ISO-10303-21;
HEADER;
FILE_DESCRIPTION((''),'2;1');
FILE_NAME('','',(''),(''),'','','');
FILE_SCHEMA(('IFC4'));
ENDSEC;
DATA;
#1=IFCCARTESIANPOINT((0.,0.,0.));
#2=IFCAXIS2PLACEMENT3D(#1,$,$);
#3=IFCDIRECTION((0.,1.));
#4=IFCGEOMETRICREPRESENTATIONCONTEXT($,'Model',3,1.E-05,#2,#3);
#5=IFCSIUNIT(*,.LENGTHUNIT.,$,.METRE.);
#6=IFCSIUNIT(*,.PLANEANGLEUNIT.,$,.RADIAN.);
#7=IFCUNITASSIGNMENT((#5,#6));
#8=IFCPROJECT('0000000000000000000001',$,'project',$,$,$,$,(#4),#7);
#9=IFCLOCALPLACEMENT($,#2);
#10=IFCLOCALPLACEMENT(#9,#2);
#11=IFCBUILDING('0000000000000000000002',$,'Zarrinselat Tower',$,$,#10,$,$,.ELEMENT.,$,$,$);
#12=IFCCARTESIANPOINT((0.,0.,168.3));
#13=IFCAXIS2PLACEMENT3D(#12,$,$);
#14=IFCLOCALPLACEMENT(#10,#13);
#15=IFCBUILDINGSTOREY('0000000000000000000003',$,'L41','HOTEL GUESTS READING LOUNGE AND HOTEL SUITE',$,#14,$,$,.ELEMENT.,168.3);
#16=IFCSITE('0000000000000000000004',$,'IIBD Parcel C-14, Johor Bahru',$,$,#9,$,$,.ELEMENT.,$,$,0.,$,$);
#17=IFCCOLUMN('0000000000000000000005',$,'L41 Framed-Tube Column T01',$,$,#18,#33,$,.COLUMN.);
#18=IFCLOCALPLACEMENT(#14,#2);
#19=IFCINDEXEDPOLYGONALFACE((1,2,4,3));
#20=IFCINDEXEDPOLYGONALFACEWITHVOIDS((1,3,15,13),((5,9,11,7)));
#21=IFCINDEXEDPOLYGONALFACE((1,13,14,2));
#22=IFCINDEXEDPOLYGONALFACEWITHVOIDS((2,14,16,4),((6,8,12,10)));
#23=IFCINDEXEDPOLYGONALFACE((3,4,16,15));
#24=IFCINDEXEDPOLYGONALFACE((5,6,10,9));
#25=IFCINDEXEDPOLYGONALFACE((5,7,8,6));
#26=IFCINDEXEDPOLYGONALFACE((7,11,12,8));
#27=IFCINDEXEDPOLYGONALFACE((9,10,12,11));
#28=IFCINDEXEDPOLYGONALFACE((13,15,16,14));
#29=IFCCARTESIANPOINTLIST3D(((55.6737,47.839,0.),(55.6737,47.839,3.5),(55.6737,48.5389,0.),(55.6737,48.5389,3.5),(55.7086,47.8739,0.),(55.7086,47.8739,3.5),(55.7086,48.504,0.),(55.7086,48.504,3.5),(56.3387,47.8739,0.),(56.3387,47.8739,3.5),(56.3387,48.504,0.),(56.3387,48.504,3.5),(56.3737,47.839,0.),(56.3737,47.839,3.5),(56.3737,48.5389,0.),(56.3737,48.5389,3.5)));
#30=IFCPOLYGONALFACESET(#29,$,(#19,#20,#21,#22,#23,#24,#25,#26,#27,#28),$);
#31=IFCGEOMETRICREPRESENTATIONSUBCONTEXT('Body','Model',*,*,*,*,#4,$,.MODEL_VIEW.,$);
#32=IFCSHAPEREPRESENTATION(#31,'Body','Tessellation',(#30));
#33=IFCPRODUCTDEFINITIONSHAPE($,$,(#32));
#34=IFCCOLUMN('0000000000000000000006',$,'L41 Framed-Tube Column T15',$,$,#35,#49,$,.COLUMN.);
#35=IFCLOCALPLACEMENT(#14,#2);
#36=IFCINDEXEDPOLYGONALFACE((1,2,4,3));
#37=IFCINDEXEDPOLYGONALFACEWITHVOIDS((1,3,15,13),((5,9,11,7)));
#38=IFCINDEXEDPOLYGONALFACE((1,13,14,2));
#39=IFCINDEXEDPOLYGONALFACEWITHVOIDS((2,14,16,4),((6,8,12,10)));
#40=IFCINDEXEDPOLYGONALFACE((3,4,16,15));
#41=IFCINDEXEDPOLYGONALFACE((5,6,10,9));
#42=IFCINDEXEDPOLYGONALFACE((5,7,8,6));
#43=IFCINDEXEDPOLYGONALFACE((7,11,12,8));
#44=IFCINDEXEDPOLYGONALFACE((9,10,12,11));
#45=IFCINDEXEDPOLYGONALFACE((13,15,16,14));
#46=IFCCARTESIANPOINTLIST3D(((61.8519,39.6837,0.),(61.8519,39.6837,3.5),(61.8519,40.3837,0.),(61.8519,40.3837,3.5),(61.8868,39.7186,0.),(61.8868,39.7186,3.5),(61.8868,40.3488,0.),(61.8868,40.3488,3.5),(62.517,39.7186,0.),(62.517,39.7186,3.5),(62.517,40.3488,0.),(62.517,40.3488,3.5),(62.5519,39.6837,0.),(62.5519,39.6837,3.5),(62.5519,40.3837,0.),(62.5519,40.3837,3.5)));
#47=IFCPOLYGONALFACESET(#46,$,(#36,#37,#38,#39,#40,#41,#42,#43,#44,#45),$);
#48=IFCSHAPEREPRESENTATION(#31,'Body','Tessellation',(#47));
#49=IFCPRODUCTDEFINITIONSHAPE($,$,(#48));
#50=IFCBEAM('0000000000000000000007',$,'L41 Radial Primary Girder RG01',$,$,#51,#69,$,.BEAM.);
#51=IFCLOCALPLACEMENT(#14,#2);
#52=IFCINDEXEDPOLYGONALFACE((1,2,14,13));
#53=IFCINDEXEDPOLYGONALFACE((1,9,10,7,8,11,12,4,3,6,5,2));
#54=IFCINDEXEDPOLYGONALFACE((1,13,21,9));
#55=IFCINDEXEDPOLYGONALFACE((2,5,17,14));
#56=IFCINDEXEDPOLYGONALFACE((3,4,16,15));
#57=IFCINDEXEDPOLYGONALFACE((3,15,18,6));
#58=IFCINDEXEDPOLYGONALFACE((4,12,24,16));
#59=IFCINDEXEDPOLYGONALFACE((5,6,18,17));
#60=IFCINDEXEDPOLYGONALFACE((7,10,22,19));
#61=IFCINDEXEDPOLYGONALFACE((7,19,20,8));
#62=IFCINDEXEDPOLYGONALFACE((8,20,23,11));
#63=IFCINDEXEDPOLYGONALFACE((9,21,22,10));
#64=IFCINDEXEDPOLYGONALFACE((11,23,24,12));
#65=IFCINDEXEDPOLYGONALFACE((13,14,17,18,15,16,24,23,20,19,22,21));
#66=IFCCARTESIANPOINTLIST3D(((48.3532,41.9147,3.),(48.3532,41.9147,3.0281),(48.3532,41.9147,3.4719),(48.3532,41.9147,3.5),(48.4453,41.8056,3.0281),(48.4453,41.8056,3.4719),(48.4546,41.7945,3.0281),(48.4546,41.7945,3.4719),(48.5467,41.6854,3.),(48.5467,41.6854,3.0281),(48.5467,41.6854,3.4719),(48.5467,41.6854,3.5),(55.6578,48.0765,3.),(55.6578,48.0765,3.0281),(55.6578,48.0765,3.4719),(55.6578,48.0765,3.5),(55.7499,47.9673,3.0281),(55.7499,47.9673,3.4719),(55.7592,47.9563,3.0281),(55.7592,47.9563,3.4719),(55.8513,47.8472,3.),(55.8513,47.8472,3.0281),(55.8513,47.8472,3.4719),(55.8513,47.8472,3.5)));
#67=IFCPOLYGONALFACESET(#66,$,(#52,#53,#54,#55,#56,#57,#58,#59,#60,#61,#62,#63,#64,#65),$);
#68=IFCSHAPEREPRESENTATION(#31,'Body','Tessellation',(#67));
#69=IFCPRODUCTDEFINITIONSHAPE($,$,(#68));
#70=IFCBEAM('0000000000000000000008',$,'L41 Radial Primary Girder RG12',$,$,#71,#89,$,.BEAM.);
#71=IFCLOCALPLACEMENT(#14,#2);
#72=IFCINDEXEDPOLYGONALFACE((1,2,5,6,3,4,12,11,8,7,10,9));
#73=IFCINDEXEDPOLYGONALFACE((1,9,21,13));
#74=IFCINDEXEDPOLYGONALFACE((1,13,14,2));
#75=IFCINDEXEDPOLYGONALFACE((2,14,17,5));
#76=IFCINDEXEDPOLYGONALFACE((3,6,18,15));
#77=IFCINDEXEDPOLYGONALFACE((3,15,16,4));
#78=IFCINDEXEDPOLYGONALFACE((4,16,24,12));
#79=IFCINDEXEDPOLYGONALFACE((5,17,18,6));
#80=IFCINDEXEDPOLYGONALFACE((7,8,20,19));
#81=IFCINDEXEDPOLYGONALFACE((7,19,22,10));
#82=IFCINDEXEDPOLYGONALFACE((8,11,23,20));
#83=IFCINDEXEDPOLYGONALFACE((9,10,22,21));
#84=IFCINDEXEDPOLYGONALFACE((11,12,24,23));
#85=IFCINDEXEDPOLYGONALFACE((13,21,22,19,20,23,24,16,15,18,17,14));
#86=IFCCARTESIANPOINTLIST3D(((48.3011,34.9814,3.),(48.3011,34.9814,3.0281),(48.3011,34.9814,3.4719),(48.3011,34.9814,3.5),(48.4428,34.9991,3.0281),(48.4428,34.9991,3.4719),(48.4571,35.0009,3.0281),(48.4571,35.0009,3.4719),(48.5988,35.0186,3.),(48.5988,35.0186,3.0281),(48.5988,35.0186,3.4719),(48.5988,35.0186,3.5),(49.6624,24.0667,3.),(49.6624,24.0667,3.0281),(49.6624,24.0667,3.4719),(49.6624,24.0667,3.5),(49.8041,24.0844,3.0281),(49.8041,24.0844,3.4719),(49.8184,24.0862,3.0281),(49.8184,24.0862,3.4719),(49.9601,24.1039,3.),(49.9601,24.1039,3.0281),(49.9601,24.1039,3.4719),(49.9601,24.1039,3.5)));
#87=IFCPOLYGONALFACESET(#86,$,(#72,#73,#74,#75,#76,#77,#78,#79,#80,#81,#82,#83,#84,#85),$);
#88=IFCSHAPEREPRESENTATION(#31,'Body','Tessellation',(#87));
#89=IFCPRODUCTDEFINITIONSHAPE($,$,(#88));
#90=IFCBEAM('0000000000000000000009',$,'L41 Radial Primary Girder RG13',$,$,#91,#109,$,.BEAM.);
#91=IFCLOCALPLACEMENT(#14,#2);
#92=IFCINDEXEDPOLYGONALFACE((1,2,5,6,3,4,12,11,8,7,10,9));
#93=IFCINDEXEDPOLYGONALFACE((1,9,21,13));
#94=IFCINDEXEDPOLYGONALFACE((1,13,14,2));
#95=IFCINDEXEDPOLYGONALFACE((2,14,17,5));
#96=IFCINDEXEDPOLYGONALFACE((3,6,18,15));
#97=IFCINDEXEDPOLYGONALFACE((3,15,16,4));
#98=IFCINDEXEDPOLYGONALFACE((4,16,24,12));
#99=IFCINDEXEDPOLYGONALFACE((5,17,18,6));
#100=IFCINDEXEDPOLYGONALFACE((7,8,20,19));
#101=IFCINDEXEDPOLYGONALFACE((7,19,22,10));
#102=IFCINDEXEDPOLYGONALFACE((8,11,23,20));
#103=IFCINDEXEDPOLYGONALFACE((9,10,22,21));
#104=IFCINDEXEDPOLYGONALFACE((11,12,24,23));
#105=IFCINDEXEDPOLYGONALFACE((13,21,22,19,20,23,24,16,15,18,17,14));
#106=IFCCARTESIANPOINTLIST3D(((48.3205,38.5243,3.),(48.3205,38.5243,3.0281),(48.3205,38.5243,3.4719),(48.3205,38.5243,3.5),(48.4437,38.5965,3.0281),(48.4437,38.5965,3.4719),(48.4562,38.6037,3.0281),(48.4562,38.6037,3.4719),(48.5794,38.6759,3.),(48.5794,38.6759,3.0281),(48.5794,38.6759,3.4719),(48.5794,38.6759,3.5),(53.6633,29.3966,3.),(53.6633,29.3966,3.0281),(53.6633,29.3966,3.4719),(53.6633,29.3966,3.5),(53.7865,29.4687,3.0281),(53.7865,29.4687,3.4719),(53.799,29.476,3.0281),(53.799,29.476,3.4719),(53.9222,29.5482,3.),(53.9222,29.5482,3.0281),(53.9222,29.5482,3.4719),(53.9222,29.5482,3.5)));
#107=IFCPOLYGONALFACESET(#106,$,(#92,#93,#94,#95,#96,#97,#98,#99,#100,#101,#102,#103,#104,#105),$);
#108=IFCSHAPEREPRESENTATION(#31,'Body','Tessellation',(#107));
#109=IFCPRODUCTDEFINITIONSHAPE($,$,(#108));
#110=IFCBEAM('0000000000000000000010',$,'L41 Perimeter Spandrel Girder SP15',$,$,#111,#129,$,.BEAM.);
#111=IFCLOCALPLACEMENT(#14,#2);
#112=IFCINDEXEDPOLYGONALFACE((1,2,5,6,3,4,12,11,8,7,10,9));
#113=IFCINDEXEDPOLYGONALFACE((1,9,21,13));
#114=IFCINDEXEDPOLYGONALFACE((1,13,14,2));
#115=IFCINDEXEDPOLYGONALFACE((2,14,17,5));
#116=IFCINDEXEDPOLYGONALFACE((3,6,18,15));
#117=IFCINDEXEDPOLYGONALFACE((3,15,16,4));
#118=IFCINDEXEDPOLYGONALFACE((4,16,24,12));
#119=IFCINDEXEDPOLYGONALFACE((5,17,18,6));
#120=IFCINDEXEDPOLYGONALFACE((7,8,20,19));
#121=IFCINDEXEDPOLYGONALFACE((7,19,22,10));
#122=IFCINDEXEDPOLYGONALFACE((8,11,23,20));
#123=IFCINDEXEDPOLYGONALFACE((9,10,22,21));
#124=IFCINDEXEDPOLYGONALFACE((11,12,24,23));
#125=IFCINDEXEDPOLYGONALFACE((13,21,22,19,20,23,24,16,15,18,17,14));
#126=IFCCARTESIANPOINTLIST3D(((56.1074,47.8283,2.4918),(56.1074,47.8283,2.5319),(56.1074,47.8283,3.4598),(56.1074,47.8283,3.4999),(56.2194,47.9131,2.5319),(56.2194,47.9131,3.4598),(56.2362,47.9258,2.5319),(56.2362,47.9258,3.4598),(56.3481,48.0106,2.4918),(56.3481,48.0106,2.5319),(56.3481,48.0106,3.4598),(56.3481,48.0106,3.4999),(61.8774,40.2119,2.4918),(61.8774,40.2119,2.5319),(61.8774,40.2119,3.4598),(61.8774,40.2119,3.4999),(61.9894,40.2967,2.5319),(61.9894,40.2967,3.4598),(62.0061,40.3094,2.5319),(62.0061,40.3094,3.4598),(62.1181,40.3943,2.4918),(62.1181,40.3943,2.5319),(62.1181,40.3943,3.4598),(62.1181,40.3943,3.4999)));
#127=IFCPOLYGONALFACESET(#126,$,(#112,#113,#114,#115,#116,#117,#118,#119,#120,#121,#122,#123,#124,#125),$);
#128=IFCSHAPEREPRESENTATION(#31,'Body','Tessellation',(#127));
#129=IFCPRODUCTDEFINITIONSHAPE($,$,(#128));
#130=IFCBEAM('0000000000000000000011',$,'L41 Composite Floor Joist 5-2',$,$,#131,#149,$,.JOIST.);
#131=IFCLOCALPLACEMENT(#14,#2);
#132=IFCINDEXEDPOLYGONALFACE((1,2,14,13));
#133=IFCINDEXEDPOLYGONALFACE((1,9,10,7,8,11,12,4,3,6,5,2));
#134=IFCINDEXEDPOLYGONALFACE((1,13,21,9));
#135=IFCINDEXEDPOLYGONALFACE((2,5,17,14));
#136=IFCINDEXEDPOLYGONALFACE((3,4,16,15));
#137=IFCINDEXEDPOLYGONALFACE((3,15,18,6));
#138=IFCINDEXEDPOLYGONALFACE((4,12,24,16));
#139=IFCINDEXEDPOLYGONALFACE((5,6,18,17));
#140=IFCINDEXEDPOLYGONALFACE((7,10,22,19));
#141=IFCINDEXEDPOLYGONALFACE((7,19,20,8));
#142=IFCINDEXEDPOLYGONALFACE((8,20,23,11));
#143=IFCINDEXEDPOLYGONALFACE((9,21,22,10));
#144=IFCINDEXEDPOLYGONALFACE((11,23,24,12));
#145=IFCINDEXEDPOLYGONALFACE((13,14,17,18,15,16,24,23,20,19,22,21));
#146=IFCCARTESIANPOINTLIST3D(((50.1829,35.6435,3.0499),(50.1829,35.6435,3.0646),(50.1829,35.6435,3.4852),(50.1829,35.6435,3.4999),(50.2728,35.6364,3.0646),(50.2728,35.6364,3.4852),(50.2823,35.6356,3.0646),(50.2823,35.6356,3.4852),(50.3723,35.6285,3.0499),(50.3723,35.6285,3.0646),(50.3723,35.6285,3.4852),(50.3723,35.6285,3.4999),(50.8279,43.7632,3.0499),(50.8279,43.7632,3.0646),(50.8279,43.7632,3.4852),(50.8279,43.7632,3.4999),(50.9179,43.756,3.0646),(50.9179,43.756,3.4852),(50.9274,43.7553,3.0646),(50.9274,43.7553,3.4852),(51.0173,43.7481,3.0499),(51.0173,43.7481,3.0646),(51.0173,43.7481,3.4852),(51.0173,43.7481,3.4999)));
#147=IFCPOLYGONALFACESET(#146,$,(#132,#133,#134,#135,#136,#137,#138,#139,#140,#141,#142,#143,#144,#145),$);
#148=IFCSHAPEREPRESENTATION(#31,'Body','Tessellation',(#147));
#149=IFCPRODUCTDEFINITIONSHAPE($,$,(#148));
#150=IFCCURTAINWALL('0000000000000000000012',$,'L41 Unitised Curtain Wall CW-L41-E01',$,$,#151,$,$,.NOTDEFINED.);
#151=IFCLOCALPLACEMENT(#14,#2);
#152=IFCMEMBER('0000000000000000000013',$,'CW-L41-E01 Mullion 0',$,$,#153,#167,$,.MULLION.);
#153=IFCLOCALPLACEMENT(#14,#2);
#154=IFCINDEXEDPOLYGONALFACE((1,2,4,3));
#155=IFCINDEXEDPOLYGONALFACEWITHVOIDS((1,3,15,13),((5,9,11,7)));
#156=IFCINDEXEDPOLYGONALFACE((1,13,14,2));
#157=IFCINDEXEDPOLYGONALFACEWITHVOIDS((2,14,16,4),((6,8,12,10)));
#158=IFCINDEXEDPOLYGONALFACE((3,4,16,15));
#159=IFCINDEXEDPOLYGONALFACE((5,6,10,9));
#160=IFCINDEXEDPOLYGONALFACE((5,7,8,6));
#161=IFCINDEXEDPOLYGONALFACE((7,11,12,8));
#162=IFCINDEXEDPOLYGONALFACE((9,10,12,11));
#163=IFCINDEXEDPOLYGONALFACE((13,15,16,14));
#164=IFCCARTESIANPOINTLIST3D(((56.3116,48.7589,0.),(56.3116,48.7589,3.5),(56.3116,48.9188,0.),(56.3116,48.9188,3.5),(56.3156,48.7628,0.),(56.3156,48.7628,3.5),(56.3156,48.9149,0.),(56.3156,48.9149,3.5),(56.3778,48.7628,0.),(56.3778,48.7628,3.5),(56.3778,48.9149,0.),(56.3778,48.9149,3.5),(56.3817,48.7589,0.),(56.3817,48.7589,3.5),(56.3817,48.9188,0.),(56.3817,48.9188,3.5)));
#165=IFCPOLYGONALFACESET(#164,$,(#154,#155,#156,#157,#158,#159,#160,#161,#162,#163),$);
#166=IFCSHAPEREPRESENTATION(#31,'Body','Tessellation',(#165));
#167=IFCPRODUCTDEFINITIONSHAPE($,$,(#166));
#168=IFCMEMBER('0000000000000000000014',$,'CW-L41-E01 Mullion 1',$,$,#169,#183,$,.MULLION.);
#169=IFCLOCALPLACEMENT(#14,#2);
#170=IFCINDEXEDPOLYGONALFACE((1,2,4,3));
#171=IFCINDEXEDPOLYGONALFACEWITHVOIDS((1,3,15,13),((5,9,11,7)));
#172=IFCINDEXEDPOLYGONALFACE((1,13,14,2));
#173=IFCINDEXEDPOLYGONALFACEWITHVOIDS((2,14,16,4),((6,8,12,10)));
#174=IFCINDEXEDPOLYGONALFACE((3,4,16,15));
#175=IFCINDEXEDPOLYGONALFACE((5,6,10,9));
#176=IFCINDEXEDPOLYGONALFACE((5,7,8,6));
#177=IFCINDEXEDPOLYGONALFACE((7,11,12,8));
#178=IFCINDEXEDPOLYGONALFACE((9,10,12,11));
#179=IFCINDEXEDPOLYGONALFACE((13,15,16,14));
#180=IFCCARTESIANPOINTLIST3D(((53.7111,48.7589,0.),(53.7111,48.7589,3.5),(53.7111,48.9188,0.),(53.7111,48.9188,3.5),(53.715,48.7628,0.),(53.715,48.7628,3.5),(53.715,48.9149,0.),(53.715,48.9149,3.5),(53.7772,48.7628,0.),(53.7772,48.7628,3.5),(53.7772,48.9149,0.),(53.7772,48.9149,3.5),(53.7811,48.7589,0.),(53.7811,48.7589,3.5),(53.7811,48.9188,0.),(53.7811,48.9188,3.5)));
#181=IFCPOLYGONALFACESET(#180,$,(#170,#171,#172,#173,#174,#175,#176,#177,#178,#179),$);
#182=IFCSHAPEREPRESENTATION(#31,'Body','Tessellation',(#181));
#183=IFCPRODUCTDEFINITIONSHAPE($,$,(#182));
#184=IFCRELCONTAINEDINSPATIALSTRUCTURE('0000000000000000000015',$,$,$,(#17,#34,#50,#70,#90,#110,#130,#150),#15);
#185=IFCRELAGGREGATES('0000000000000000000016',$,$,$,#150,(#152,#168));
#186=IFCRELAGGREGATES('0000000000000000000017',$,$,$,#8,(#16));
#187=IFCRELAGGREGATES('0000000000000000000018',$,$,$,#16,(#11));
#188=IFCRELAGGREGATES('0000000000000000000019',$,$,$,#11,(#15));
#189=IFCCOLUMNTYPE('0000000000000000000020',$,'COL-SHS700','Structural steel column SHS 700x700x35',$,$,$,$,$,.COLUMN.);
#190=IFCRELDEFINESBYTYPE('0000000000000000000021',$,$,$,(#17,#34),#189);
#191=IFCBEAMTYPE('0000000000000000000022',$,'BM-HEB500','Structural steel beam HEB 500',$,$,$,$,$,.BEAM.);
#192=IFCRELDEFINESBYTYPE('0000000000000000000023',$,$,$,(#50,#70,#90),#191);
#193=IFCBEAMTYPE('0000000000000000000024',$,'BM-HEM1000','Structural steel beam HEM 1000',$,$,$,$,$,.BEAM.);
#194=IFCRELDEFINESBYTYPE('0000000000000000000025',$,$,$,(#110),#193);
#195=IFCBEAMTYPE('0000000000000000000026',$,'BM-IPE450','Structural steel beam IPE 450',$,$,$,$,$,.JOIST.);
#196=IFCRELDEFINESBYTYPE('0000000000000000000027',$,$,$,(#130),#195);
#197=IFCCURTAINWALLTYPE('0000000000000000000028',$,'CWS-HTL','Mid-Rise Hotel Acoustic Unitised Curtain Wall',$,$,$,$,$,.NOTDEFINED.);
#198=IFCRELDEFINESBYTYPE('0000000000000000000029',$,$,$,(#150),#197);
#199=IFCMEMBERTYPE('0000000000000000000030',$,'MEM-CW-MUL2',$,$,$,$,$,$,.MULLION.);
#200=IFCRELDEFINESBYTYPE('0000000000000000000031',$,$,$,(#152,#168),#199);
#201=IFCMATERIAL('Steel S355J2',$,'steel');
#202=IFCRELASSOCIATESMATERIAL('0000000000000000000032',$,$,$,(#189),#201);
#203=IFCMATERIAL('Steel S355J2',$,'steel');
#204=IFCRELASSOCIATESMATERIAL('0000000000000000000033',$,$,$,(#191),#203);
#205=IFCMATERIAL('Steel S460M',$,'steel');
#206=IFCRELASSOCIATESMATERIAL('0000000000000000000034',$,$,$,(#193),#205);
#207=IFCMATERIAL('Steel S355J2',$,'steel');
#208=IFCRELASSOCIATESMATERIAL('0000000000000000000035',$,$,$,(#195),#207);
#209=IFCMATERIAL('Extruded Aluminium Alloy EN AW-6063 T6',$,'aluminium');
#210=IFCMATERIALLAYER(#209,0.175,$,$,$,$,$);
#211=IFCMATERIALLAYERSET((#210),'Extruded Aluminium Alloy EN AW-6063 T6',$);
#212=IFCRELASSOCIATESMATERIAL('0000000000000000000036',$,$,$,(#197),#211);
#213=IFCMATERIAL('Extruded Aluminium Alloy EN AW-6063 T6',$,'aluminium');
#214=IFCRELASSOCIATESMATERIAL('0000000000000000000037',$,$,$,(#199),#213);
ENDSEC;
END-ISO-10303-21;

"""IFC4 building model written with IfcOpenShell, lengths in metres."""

from ifc_helpers import new_model, si_unit, direction, frame, origin, origin_2d, place, context, subcontext, project, spatial, hollow_rectangle, i_section, extrude, material, layer, layer_set, material_profile, profile_set, type_object, element, aggregate, save


model = new_model("IFC4")

# Units and contexts
model_context = context("Model", 3, precision=1e-05, world=origin(), true_north=direction((0.0, 1.0)))
body_context = subcontext(model_context, "Body", "Model", "MODEL_VIEW")
ifc_project = project(units=[si_unit("LENGTHUNIT", "METRE"), si_unit("PLANEANGLEUNIT", "RADIAN")], contexts=[model_context])

# Site, building, storey
site_placement = place(None, origin())
site = spatial("IfcSite", under=ifc_project, at=site_placement, Name="IIBD Parcel C-14, Johor Bahru", CompositionType="ELEMENT", RefElevation=0.0)
building_placement = place(site_placement, origin())
building = spatial("IfcBuilding", under=site, at=building_placement, Name="Zarrinselat Tower", CompositionType="ELEMENT")
storey_placement = place(building_placement, frame((0.0, 0.0, 168.3)))
storey = spatial("IfcBuildingStorey", under=building, at=storey_placement, Name="L41", Description="HOTEL GUESTS READING LOUNGE AND HOTEL SUITE", CompositionType="ELEMENT", Elevation=168.3)

# Columns
ifc_material_1 = material(Name="Steel S355J2", Category="steel")
ifc_material_profile_1 = material_profile(ifc_material_1, hollow_rectangle(XDim=0.7, YDim=0.7, WallThickness=0.0349, at=origin_2d()), Name="SHS 700x700x35")
ifc_profile_set_1 = profile_set([ifc_material_profile_1], Name="Steel S355J2")
column_type = type_object("IfcColumnType", Name="COL-SHS700", Description="Structural steel column SHS 700x700x35", PredefinedType="COLUMN", material=ifc_profile_set_1)
for number, where, z_axis, x_axis, name in (
    (1, (56.0237, 48.189, 0.0), (0.0, 0.0, 1.0), (1.0, 0.0, 0.0), "L41 Framed-Tube Column T01"),
    (2, (62.2019, 40.0337, 0.0), (0.0, 0.0, 1.0), (1.0, 0.0, 0.0), "L41 Framed-Tube Column T15"),
):
    element("IfcColumn", number, at=place(storey_placement, frame(where, z_axis=z_axis, x_axis=x_axis)), inside=storey, type_object=column_type, Name=name, PredefinedType="COLUMN", context=body_context, shape_type="SweptSolid", body=[
        extrude(hollow_rectangle(XDim=0.7, YDim=0.7, WallThickness=0.0349, at=origin_2d()), origin(), (0.0, 0.0, 1.0), 3.5),
    ])

# Beams
ifc_material_2 = material(Name="Steel S355J2", Category="steel")
ifc_material_profile_2 = material_profile(ifc_material_2, i_section(OverallWidth=0.3, OverallDepth=0.5, WebThickness=0.0144, FlangeThickness=0.0281, at=origin_2d()), Name="HEB 500")
ifc_profile_set_2 = profile_set([ifc_material_profile_2], Name="Steel S355J2")
beam_type_1 = type_object("IfcBeamType", Name="BM-HEB500", Description="Structural steel beam HEB 500", PredefinedType="BEAM", material=ifc_profile_set_2)
beam_1_placement = place(storey_placement, frame((48.45, 41.8, 3.25), z_axis=(0.764367, 0.644781, 0.0), x_axis=(-0.644781, 0.764367, 0.0)))
element("IfcBeam", 3, at=beam_1_placement, inside=storey, type_object=beam_type_1, Name="L41 Radial Primary Girder RG01", PredefinedType="BEAM", context=body_context, shape_type="SweptSolid", body=[
    extrude(i_section(OverallWidth=0.3, OverallDepth=0.5, WebThickness=0.0144, FlangeThickness=0.0281, at=origin_2d()), origin(), (0.0, 0.0, 1.0), 9.5564),
])
beam_2_placement = place(storey_placement, frame((48.45, 35.0, 3.25), z_axis=(0.123764, -0.992312, 0.0), x_axis=(0.992312, 0.123764, 0.0)))
element("IfcBeam", 4, at=beam_2_placement, inside=storey, type_object=beam_type_1, Name="L41 Radial Primary Girder RG12", PredefinedType="BEAM", context=body_context, shape_type="SweptSolid", body=[
    extrude(i_section(OverallWidth=0.3, OverallDepth=0.5, WebThickness=0.0144, FlangeThickness=0.0281, at=origin_2d()), origin(), (0.0, 0.0, 1.0), 10.9993),
])
beam_3_placement = place(storey_placement, frame((48.45, 38.6001, 3.25), z_axis=(0.505161, -0.863025, 0.0), x_axis=(0.863025, 0.505161, 0.0)))
element("IfcBeam", 5, at=beam_3_placement, inside=storey, type_object=beam_type_1, Name="L41 Radial Primary Girder RG13", PredefinedType="BEAM", context=body_context, shape_type="SweptSolid", body=[
    extrude(i_section(OverallWidth=0.3, OverallDepth=0.5, WebThickness=0.0144, FlangeThickness=0.0281, at=origin_2d()), origin(), (0.0, 0.0, 1.0), 10.5764),
])
ifc_material_3 = material(Name="Steel S460M", Category="steel")
ifc_material_profile_3 = material_profile(ifc_material_3, i_section(OverallWidth=0.302, OverallDepth=1.0081, WebThickness=0.021, FlangeThickness=0.04, at=origin_2d()), Name="HEM 1000")
ifc_profile_set_3 = profile_set([ifc_material_profile_3], Name="Steel S460M")
beam_type_2 = type_object("IfcBeamType", Name="BM-HEM1000", Description="Structural steel beam HEM 1000", PredefinedType="BEAM", material=ifc_profile_set_3)
beam_4_placement = place(storey_placement, frame((56.2278, 47.9194, 2.9958), z_axis=(0.603856, -0.797093, 0.0), x_axis=(0.797093, 0.603856, 0.0)))
element("IfcBeam", 6, at=beam_4_placement, inside=storey, type_object=beam_type_2, Name="L41 Perimeter Spandrel Girder SP15", PredefinedType="BEAM", context=body_context, shape_type="SweptSolid", body=[
    extrude(i_section(OverallWidth=0.302, OverallDepth=1.0081, WebThickness=0.021, FlangeThickness=0.04, at=origin_2d()), origin(), (0.0, 0.0, 1.0), 9.5552),
])
ifc_material_4 = material(Name="Steel S355J2", Category="steel")
ifc_material_profile_4 = material_profile(ifc_material_4, i_section(OverallWidth=0.1899, OverallDepth=0.45, WebThickness=0.0095, FlangeThickness=0.0146, at=origin_2d()), Name="IPE 450")
ifc_profile_set_4 = profile_set([ifc_material_profile_4], Name="Steel S355J2")
beam_type_3 = type_object("IfcBeamType", Name="BM-IPE450", Description="Structural steel beam IPE 450", PredefinedType="JOIST", material=ifc_profile_set_4)
beam_5_placement = place(storey_placement, frame((50.2776, 35.636, 3.2749), z_axis=(0.07919, 0.99686, 0.0), x_axis=(-0.99686, 0.07919, 0.0)))
element("IfcBeam", 7, at=beam_5_placement, inside=storey, type_object=beam_type_3, Name="L41 Composite Floor Joist 5-2", PredefinedType="JOIST", context=body_context, shape_type="SweptSolid", body=[
    extrude(i_section(OverallWidth=0.1899, OverallDepth=0.45, WebThickness=0.0095, FlangeThickness=0.0146, at=origin_2d()), origin(), (0.0, 0.0, 1.0), 8.1453),
])

# Curtain wall, members
ifc_material_5 = material(Name="Extruded Aluminium Alloy EN AW-6063 T6", Category="aluminium")
ifc_layer_1 = layer(ifc_material_5, 0.175)
ifc_layer_set_1 = layer_set([ifc_layer_1], Name="Extruded Aluminium Alloy EN AW-6063 T6")
curtain_wall_type = type_object("IfcCurtainWallType", Name="CWS-HTL", Description="Mid-Rise Hotel Acoustic Unitised Curtain Wall", PredefinedType="NOTDEFINED", material=ifc_layer_set_1)
curtain_wall_1_placement = place(storey_placement, origin())
curtain_wall_1 = element("IfcCurtainWall", 8, at=curtain_wall_1_placement, inside=storey, type_object=curtain_wall_type, Name="L41 Unitised Curtain Wall CW-L41-E01", PredefinedType="NOTDEFINED")
ifc_material_6 = material(Name="Extruded Aluminium Alloy EN AW-6063 T6", Category="aluminium")
ifc_material_profile_5 = material_profile(ifc_material_6, hollow_rectangle(XDim=0.0701, YDim=0.1599, WallThickness=0.0039, at=origin_2d()), Name="RHS 160x70x4")
ifc_profile_set_5 = profile_set([ifc_material_profile_5], Name="Extruded Aluminium Alloy EN AW-6063 T6")
member_type_1 = type_object("IfcMemberType", Name="MEM-CW-MUL2", PredefinedType="MULLION", material=ifc_profile_set_5)
member_1_placement = place(storey_placement, frame((56.3467, 48.8389, 0.0), z_axis=(0.0, 0.0, 1.0), x_axis=(-1.0, 0.0, 0.0)))
member_1 = element("IfcMember", 9, at=member_1_placement, type_object=member_type_1, Name="CW-L41-E01 Mullion 0", PredefinedType="MULLION", context=body_context, shape_type="SweptSolid", body=[
    extrude(hollow_rectangle(XDim=0.0701, YDim=0.1599, WallThickness=0.0039, at=origin_2d()), origin(), (0.0, 0.0, 1.0), 3.5),
])
member_2_placement = place(storey_placement, frame((53.7461, 48.8389, 0.0), z_axis=(0.0, 0.0, 1.0), x_axis=(-1.0, 0.0, 0.0)))
member_2 = element("IfcMember", 10, at=member_2_placement, type_object=member_type_1, Name="CW-L41-E01 Mullion 1", PredefinedType="MULLION", context=body_context, shape_type="SweptSolid", body=[
    extrude(hollow_rectangle(XDim=0.0701, YDim=0.1599, WallThickness=0.0039, at=origin_2d()), origin(), (0.0, 0.0, 1.0), 3.5),
])

aggregate(curtain_wall_1, [member_1, member_2])

save(model, "model.ifc")
